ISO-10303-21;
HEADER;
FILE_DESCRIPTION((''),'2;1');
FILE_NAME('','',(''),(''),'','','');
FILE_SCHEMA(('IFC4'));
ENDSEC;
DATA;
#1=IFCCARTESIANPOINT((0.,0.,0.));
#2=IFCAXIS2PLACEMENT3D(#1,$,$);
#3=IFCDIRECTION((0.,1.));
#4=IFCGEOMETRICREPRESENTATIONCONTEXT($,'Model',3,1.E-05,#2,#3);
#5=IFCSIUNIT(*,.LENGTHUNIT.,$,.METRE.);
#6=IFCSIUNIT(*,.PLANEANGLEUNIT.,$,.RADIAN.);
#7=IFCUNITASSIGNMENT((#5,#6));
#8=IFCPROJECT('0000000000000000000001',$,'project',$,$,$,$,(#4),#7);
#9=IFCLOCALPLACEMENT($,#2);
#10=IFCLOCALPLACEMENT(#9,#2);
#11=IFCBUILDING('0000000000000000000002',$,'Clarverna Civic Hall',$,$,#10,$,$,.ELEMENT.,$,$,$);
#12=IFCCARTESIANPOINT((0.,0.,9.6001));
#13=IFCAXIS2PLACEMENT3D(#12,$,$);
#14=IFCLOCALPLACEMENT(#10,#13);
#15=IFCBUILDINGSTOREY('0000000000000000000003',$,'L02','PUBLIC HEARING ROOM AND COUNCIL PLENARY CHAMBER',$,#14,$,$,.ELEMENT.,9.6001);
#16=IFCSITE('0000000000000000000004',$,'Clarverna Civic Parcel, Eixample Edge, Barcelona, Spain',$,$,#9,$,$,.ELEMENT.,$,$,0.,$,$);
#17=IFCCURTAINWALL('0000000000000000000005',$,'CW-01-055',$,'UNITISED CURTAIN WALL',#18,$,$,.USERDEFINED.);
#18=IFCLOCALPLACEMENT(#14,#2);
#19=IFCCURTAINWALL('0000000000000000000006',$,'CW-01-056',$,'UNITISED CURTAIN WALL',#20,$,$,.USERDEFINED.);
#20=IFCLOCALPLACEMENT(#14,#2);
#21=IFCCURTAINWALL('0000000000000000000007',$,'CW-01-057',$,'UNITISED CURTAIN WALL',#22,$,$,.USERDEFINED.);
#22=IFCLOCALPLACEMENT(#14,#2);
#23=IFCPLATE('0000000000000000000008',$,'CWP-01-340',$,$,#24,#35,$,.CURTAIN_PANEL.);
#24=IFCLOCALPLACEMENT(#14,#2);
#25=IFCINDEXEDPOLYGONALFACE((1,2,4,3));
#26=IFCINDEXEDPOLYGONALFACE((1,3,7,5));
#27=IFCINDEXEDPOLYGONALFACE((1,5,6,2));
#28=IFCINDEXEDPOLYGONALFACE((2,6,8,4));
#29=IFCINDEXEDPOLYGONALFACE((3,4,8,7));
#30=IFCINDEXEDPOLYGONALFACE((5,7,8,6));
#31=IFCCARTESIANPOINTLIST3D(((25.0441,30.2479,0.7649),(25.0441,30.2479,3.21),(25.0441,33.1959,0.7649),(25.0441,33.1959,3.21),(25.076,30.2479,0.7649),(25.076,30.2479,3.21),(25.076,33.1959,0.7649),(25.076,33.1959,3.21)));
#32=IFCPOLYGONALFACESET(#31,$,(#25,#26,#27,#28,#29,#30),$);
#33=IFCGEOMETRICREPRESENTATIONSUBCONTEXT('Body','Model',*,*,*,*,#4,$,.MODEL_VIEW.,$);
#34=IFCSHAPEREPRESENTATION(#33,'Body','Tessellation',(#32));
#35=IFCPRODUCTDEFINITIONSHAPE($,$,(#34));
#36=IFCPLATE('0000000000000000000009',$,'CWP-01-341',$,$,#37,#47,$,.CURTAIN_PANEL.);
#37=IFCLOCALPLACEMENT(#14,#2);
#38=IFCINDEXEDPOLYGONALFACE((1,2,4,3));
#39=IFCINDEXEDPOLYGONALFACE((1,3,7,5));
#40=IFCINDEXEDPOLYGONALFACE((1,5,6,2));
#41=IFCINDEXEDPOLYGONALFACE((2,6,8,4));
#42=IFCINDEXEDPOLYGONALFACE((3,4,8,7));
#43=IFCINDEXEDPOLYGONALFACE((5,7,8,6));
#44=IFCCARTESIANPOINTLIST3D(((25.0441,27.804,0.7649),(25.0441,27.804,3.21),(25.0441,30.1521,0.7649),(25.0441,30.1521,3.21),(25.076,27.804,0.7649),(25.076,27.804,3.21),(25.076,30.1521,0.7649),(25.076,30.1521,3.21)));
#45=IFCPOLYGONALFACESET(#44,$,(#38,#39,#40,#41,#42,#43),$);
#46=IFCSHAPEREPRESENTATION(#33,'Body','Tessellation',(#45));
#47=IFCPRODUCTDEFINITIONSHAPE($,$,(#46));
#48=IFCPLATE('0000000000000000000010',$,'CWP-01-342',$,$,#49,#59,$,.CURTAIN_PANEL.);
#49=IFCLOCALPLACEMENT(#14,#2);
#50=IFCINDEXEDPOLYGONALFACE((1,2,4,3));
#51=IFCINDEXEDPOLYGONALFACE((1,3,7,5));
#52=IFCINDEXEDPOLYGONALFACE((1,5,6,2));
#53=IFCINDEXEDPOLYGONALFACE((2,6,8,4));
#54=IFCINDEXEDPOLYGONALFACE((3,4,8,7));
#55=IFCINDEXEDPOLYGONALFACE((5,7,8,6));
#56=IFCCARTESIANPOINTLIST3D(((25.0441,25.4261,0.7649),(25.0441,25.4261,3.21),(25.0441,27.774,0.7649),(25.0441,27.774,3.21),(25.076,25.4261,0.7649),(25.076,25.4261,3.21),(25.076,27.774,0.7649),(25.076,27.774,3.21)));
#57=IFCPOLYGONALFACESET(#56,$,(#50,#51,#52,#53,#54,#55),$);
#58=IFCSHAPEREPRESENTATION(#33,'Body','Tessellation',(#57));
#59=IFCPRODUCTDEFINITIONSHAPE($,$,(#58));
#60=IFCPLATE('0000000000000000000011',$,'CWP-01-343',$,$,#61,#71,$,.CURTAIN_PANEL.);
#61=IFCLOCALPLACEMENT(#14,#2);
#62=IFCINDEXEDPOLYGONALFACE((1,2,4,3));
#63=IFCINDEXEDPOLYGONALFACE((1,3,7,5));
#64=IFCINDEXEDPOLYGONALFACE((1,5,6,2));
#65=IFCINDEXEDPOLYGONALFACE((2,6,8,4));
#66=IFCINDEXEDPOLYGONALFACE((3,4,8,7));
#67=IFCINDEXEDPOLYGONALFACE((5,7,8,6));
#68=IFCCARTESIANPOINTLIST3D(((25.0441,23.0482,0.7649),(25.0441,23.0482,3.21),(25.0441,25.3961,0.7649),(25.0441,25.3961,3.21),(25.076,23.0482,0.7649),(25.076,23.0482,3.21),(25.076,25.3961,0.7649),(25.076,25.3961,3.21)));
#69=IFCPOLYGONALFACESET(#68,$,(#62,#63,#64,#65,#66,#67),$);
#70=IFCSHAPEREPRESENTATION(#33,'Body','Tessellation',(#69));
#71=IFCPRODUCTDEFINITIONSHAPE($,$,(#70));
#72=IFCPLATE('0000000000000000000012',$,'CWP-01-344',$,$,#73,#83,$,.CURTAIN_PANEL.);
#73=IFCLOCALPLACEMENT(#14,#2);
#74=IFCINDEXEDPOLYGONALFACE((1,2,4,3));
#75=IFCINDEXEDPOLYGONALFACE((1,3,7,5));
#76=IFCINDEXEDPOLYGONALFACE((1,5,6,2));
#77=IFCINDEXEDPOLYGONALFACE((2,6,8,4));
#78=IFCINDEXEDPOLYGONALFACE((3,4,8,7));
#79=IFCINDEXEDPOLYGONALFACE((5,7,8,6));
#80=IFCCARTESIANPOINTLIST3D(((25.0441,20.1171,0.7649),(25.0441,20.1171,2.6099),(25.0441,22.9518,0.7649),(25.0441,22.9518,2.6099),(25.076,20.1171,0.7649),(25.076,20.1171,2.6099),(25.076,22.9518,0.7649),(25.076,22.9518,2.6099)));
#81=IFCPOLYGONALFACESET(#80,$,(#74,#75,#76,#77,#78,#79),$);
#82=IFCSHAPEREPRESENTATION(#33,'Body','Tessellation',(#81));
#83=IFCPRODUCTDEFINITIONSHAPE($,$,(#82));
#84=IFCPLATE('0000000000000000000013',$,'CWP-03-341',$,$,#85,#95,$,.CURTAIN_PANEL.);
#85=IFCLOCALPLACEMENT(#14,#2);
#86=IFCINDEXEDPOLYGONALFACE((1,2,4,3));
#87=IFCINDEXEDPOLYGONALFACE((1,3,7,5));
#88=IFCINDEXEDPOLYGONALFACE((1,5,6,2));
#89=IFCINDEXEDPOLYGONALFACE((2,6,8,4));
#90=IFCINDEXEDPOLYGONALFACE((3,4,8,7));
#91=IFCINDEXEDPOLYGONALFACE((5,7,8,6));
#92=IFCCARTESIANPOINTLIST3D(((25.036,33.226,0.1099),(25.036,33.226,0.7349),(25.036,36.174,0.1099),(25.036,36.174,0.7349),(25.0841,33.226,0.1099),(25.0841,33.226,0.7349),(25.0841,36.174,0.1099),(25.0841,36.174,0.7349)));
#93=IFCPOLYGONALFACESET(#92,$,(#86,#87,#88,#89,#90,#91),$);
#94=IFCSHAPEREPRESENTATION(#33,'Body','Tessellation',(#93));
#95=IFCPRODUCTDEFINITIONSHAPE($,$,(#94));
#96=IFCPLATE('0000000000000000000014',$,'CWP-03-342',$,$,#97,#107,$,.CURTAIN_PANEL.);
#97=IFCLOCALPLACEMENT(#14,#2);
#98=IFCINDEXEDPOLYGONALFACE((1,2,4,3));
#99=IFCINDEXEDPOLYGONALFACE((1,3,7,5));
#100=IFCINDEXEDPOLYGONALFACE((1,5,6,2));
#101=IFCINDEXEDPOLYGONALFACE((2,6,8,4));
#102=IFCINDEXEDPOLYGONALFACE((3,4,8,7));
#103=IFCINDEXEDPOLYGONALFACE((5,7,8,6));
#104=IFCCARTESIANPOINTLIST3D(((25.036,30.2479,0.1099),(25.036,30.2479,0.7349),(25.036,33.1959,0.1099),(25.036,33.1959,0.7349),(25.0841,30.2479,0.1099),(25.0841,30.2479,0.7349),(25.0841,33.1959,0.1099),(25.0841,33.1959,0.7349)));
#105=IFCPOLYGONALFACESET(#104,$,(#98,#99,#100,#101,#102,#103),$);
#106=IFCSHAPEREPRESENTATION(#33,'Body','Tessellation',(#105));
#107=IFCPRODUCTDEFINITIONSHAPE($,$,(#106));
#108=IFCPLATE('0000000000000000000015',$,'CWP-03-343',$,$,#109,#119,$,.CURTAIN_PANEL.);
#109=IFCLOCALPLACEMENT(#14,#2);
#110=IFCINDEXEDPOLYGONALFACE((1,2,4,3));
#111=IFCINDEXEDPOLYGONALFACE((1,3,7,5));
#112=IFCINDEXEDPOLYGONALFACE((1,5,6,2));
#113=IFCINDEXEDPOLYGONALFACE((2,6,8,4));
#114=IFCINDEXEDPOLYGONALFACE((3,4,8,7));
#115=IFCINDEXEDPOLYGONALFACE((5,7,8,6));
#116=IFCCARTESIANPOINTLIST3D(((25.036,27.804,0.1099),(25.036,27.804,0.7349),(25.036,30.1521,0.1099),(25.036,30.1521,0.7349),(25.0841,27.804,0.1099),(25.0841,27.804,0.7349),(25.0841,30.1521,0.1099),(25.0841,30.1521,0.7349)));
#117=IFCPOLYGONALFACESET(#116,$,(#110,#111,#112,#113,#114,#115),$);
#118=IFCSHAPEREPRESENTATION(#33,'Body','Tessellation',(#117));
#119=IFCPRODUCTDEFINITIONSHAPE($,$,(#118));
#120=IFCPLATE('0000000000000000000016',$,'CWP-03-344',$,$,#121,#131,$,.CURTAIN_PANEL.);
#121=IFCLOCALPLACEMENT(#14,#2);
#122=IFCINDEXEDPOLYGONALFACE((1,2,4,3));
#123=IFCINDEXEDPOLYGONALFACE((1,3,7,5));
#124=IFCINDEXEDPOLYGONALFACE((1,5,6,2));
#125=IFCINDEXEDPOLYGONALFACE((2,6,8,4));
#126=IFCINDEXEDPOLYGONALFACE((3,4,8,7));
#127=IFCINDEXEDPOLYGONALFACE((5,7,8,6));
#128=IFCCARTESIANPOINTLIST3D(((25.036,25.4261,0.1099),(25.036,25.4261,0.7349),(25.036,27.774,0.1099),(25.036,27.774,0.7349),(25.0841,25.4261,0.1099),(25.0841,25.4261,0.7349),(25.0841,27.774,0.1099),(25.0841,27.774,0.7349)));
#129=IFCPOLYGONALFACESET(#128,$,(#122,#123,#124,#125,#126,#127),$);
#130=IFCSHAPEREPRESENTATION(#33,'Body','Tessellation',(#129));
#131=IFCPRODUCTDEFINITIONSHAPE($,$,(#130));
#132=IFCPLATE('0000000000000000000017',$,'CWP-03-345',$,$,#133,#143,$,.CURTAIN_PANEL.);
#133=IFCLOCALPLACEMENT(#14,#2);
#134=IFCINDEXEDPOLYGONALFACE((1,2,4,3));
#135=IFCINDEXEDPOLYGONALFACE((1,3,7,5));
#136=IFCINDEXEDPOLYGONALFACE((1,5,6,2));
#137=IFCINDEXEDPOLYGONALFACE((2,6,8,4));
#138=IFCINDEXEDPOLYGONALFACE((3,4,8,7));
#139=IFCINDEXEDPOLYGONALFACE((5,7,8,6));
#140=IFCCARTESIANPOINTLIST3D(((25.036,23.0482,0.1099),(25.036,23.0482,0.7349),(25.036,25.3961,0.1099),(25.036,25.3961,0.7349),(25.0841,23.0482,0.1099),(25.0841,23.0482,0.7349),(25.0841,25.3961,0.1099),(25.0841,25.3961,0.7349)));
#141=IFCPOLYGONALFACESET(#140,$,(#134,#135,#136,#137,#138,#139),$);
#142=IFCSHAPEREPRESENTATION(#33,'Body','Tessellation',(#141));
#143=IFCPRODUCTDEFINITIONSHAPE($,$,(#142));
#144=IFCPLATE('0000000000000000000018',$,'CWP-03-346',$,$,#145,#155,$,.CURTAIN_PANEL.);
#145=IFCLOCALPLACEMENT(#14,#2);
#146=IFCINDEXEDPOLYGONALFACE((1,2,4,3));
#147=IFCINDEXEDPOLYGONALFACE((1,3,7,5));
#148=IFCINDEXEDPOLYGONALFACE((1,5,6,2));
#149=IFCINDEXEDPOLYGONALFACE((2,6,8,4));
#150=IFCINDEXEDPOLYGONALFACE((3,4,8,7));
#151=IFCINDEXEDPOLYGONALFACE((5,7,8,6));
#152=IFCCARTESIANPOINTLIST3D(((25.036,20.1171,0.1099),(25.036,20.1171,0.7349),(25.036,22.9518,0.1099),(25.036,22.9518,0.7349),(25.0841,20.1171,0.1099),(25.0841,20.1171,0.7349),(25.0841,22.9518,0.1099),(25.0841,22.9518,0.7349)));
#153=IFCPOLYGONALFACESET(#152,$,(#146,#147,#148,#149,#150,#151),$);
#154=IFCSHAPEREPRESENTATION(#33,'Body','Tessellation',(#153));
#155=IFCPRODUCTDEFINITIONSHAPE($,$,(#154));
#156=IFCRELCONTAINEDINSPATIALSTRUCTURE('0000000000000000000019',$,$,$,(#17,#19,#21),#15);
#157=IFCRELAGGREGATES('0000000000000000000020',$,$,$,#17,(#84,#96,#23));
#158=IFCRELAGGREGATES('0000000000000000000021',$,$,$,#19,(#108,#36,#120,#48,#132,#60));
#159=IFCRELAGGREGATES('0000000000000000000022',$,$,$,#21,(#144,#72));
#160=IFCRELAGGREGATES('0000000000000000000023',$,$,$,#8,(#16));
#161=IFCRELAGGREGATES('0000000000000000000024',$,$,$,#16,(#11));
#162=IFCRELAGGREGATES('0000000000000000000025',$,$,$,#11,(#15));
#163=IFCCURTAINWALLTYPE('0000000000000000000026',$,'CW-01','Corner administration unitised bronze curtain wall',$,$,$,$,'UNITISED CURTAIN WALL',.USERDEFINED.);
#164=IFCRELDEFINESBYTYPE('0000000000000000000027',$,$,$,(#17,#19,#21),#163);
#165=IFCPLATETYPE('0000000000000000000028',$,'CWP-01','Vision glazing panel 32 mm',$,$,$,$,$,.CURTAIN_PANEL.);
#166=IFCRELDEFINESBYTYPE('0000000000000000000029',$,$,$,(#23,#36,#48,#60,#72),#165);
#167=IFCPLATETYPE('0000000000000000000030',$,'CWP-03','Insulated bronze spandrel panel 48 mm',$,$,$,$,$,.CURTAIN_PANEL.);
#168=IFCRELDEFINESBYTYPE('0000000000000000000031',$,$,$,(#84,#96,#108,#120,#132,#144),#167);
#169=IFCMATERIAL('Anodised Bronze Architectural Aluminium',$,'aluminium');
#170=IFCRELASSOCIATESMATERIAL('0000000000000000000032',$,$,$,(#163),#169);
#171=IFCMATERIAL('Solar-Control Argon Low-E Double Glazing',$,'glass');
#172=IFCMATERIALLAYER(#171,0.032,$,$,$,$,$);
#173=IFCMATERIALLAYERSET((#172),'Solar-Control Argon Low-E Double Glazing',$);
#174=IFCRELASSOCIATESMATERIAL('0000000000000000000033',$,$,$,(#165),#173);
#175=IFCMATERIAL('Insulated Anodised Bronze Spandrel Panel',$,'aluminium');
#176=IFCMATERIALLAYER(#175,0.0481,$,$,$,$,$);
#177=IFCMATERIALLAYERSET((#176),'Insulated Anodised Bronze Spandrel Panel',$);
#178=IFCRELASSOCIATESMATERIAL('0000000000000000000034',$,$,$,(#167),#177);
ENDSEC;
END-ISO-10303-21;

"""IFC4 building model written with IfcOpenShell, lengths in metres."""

from ifc_helpers import new_model, si_unit, direction, frame, frame_2d, origin, place, context, subcontext, project, spatial, rectangle, extrude, material, layer, layer_set, type_object, element, aggregate, save


model = new_model("IFC4")

# Units and contexts
model_context = context("Model", 3, precision=1e-05, world=origin(), true_north=direction((0.0, 1.0)))
body_context = subcontext(model_context, "Body", "Model", "MODEL_VIEW")
ifc_project = project(units=[si_unit("LENGTHUNIT", "METRE"), si_unit("PLANEANGLEUNIT", "RADIAN")], contexts=[model_context])

# Site, building, storey
site_placement = place(None, origin())
site = spatial("IfcSite", under=ifc_project, at=site_placement, Name="Clarverna Civic Parcel, Eixample Edge, Barcelona, Spain", CompositionType="ELEMENT", RefElevation=0.0)
building_placement = place(site_placement, origin())
building = spatial("IfcBuilding", under=site, at=building_placement, Name="Clarverna Civic Hall", CompositionType="ELEMENT")
storey_placement = place(building_placement, frame((0.0, 0.0, 9.6001)))
storey = spatial("IfcBuildingStorey", under=building, at=storey_placement, Name="L02", Description="PUBLIC HEARING ROOM AND COUNCIL PLENARY CHAMBER", CompositionType="ELEMENT", Elevation=9.6001)

# Curtain walls
ifc_material_1 = material(Name="Anodised Bronze Architectural Aluminium", Category="aluminium")
curtain_wall_type = type_object("IfcCurtainWallType", Name="CW-01", Description="Corner administration unitised bronze curtain wall", ElementType="UNITISED CURTAIN WALL", PredefinedType="USERDEFINED", material=ifc_material_1)
curtain_wall_1_placement = place(storey_placement, origin())
curtain_wall_1 = element("IfcCurtainWall", 1, at=curtain_wall_1_placement, inside=storey, type_object=curtain_wall_type, Name="CW-01-055", ObjectType="UNITISED CURTAIN WALL", PredefinedType="USERDEFINED")
curtain_wall_2_placement = place(storey_placement, origin())
curtain_wall_2 = element("IfcCurtainWall", 2, at=curtain_wall_2_placement, inside=storey, type_object=curtain_wall_type, Name="CW-01-056", ObjectType="UNITISED CURTAIN WALL", PredefinedType="USERDEFINED")

# Curtain wall
curtain_wall_3_placement = place(storey_placement, origin())
curtain_wall_3 = element("IfcCurtainWall", 3, at=curtain_wall_3_placement, inside=storey, type_object=curtain_wall_type, Name="CW-01-057", ObjectType="UNITISED CURTAIN WALL", PredefinedType="USERDEFINED")

# Plates
ifc_material_2 = material(Name="Solar-Control Argon Low-E Double Glazing", Category="glass")
ifc_layer_1 = layer(ifc_material_2, 0.032)
ifc_layer_set_1 = layer_set([ifc_layer_1], Name="Solar-Control Argon Low-E Double Glazing")
plate_type_1 = type_object("IfcPlateType", Name="CWP-01", Description="Vision glazing panel 32 mm", PredefinedType="CURTAIN_PANEL", material=ifc_layer_set_1)
plate_1_placement = place(storey_placement, frame((25.0601, 33.196, 0.7649), z_axis=(0.0, 0.0, 1.0), x_axis=(0.0, -1.0, 0.0)))
plate_1 = element("IfcPlate", 4, at=plate_1_placement, type_object=plate_type_1, Name="CWP-01-340", PredefinedType="CURTAIN_PANEL", context=body_context, shape_type="SweptSolid", body=[
    extrude(rectangle(XDim=2.948, YDim=0.032, at=frame_2d((1.4741, 0.0))), origin(), (0.0, 0.0, 1.0), 2.4451),
])
plate_2_placement = place(storey_placement, frame((25.0601, 30.1521, 0.7649), z_axis=(0.0, 0.0, 1.0), x_axis=(0.0, -1.0, 0.0)))
plate_2 = element("IfcPlate", 5, at=plate_2_placement, type_object=plate_type_1, Name="CWP-01-341", PredefinedType="CURTAIN_PANEL", context=body_context, shape_type="SweptSolid", body=[
    extrude(rectangle(XDim=2.3481, YDim=0.032, at=frame_2d((1.1741, 0.0))), origin(), (0.0, 0.0, 1.0), 2.4451),
])
plate_3_placement = place(storey_placement, frame((25.0601, 27.7739, 0.7649), z_axis=(0.0, 0.0, 1.0), x_axis=(0.0, -1.0, 0.0)))
plate_3 = element("IfcPlate", 6, at=plate_3_placement, type_object=plate_type_1, Name="CWP-01-342", PredefinedType="CURTAIN_PANEL", context=body_context, shape_type="SweptSolid", body=[
    extrude(rectangle(XDim=2.3479, YDim=0.032, at=frame_2d((1.1738, 0.0))), origin(), (0.0, 0.0, 1.0), 2.4451),
])
plate_4_placement = place(storey_placement, frame((25.0601, 25.396, 0.7649), z_axis=(0.0, 0.0, 1.0), x_axis=(0.0, -1.0, 0.0)))
plate_4 = element("IfcPlate", 7, at=plate_4_placement, type_object=plate_type_1, Name="CWP-01-343", PredefinedType="CURTAIN_PANEL", context=body_context, shape_type="SweptSolid", body=[
    extrude(rectangle(XDim=2.3479, YDim=0.032, at=frame_2d((1.1738, 0.0))), origin(), (0.0, 0.0, 1.0), 2.4451),
])
plate_5_placement = place(storey_placement, frame((25.0601, 22.9519, 0.7649), z_axis=(0.0, 0.0, 1.0), x_axis=(0.0, -1.0, 0.0)))
plate_5 = element("IfcPlate", 8, at=plate_5_placement, type_object=plate_type_1, Name="CWP-01-344", PredefinedType="CURTAIN_PANEL", context=body_context, shape_type="SweptSolid", body=[
    extrude(rectangle(XDim=2.8347, YDim=0.032, at=frame_2d((1.4175, 0.0))), origin(), (0.0, 0.0, 1.0), 1.845),
])
ifc_material_3 = material(Name="Insulated Anodised Bronze Spandrel Panel", Category="aluminium")
ifc_layer_2 = layer(ifc_material_3, 0.0481)
ifc_layer_set_2 = layer_set([ifc_layer_2], Name="Insulated Anodised Bronze Spandrel Panel")
plate_type_2 = type_object("IfcPlateType", Name="CWP-03", Description="Insulated bronze spandrel panel 48 mm", PredefinedType="CURTAIN_PANEL", material=ifc_layer_set_2)
plate_6_placement = place(storey_placement, frame((25.0601, 36.1741, 0.1099), z_axis=(0.0, 0.0, 1.0), x_axis=(0.0, -1.0, 0.0)))
plate_6 = element("IfcPlate", 9, at=plate_6_placement, type_object=plate_type_2, Name="CWP-03-341", PredefinedType="CURTAIN_PANEL", context=body_context, shape_type="SweptSolid", body=[
    extrude(rectangle(XDim=2.948, YDim=0.0481, at=frame_2d((1.4741, 0.0))), origin(), (0.0, 0.0, 1.0), 0.625),
])
plate_7_placement = place(storey_placement, frame((25.0601, 33.196, 0.1099), z_axis=(0.0, 0.0, 1.0), x_axis=(0.0, -1.0, 0.0)))
plate_7 = element("IfcPlate", 10, at=plate_7_placement, type_object=plate_type_2, Name="CWP-03-342", PredefinedType="CURTAIN_PANEL", context=body_context, shape_type="SweptSolid", body=[
    extrude(rectangle(XDim=2.948, YDim=0.0481, at=frame_2d((1.4741, 0.0))), origin(), (0.0, 0.0, 1.0), 0.625),
])
aggregate(curtain_wall_1, [plate_6, plate_7, plate_1])
plate_8_placement = place(storey_placement, frame((25.0601, 30.1521, 0.1099), z_axis=(0.0, 0.0, 1.0), x_axis=(0.0, -1.0, 0.0)))
plate_8 = element("IfcPlate", 11, at=plate_8_placement, type_object=plate_type_2, Name="CWP-03-343", PredefinedType="CURTAIN_PANEL", context=body_context, shape_type="SweptSolid", body=[
    extrude(rectangle(XDim=2.3481, YDim=0.0481, at=frame_2d((1.1741, 0.0))), origin(), (0.0, 0.0, 1.0), 0.625),
])
plate_9_placement = place(storey_placement, frame((25.0601, 27.7739, 0.1099), z_axis=(0.0, 0.0, 1.0), x_axis=(0.0, -1.0, 0.0)))
plate_9 = element("IfcPlate", 12, at=plate_9_placement, type_object=plate_type_2, Name="CWP-03-344", PredefinedType="CURTAIN_PANEL", context=body_context, shape_type="SweptSolid", body=[
    extrude(rectangle(XDim=2.3479, YDim=0.0481, at=frame_2d((1.1738, 0.0))), origin(), (0.0, 0.0, 1.0), 0.625),
])
plate_10_placement = place(storey_placement, frame((25.0601, 25.396, 0.1099), z_axis=(0.0, 0.0, 1.0), x_axis=(0.0, -1.0, 0.0)))
plate_10 = element("IfcPlate", 13, at=plate_10_placement, type_object=plate_type_2, Name="CWP-03-345", PredefinedType="CURTAIN_PANEL", context=body_context, shape_type="SweptSolid", body=[
    extrude(rectangle(XDim=2.3479, YDim=0.0481, at=frame_2d((1.1738, 0.0))), origin(), (0.0, 0.0, 1.0), 0.625),
])
aggregate(curtain_wall_2, [plate_8, plate_2, plate_9, plate_3, plate_10, plate_4])
plate_11_placement = place(storey_placement, frame((25.0601, 22.9519, 0.1099), z_axis=(0.0, 0.0, 1.0), x_axis=(0.0, -1.0, 0.0)))
plate_11 = element("IfcPlate", 14, at=plate_11_placement, type_object=plate_type_2, Name="CWP-03-346", PredefinedType="CURTAIN_PANEL", context=body_context, shape_type="SweptSolid", body=[
    extrude(rectangle(XDim=2.8347, YDim=0.0481, at=frame_2d((1.4175, 0.0))), origin(), (0.0, 0.0, 1.0), 0.625),
])
aggregate(curtain_wall_3, [plate_11, plate_5])

save(model, "model.ifc")
